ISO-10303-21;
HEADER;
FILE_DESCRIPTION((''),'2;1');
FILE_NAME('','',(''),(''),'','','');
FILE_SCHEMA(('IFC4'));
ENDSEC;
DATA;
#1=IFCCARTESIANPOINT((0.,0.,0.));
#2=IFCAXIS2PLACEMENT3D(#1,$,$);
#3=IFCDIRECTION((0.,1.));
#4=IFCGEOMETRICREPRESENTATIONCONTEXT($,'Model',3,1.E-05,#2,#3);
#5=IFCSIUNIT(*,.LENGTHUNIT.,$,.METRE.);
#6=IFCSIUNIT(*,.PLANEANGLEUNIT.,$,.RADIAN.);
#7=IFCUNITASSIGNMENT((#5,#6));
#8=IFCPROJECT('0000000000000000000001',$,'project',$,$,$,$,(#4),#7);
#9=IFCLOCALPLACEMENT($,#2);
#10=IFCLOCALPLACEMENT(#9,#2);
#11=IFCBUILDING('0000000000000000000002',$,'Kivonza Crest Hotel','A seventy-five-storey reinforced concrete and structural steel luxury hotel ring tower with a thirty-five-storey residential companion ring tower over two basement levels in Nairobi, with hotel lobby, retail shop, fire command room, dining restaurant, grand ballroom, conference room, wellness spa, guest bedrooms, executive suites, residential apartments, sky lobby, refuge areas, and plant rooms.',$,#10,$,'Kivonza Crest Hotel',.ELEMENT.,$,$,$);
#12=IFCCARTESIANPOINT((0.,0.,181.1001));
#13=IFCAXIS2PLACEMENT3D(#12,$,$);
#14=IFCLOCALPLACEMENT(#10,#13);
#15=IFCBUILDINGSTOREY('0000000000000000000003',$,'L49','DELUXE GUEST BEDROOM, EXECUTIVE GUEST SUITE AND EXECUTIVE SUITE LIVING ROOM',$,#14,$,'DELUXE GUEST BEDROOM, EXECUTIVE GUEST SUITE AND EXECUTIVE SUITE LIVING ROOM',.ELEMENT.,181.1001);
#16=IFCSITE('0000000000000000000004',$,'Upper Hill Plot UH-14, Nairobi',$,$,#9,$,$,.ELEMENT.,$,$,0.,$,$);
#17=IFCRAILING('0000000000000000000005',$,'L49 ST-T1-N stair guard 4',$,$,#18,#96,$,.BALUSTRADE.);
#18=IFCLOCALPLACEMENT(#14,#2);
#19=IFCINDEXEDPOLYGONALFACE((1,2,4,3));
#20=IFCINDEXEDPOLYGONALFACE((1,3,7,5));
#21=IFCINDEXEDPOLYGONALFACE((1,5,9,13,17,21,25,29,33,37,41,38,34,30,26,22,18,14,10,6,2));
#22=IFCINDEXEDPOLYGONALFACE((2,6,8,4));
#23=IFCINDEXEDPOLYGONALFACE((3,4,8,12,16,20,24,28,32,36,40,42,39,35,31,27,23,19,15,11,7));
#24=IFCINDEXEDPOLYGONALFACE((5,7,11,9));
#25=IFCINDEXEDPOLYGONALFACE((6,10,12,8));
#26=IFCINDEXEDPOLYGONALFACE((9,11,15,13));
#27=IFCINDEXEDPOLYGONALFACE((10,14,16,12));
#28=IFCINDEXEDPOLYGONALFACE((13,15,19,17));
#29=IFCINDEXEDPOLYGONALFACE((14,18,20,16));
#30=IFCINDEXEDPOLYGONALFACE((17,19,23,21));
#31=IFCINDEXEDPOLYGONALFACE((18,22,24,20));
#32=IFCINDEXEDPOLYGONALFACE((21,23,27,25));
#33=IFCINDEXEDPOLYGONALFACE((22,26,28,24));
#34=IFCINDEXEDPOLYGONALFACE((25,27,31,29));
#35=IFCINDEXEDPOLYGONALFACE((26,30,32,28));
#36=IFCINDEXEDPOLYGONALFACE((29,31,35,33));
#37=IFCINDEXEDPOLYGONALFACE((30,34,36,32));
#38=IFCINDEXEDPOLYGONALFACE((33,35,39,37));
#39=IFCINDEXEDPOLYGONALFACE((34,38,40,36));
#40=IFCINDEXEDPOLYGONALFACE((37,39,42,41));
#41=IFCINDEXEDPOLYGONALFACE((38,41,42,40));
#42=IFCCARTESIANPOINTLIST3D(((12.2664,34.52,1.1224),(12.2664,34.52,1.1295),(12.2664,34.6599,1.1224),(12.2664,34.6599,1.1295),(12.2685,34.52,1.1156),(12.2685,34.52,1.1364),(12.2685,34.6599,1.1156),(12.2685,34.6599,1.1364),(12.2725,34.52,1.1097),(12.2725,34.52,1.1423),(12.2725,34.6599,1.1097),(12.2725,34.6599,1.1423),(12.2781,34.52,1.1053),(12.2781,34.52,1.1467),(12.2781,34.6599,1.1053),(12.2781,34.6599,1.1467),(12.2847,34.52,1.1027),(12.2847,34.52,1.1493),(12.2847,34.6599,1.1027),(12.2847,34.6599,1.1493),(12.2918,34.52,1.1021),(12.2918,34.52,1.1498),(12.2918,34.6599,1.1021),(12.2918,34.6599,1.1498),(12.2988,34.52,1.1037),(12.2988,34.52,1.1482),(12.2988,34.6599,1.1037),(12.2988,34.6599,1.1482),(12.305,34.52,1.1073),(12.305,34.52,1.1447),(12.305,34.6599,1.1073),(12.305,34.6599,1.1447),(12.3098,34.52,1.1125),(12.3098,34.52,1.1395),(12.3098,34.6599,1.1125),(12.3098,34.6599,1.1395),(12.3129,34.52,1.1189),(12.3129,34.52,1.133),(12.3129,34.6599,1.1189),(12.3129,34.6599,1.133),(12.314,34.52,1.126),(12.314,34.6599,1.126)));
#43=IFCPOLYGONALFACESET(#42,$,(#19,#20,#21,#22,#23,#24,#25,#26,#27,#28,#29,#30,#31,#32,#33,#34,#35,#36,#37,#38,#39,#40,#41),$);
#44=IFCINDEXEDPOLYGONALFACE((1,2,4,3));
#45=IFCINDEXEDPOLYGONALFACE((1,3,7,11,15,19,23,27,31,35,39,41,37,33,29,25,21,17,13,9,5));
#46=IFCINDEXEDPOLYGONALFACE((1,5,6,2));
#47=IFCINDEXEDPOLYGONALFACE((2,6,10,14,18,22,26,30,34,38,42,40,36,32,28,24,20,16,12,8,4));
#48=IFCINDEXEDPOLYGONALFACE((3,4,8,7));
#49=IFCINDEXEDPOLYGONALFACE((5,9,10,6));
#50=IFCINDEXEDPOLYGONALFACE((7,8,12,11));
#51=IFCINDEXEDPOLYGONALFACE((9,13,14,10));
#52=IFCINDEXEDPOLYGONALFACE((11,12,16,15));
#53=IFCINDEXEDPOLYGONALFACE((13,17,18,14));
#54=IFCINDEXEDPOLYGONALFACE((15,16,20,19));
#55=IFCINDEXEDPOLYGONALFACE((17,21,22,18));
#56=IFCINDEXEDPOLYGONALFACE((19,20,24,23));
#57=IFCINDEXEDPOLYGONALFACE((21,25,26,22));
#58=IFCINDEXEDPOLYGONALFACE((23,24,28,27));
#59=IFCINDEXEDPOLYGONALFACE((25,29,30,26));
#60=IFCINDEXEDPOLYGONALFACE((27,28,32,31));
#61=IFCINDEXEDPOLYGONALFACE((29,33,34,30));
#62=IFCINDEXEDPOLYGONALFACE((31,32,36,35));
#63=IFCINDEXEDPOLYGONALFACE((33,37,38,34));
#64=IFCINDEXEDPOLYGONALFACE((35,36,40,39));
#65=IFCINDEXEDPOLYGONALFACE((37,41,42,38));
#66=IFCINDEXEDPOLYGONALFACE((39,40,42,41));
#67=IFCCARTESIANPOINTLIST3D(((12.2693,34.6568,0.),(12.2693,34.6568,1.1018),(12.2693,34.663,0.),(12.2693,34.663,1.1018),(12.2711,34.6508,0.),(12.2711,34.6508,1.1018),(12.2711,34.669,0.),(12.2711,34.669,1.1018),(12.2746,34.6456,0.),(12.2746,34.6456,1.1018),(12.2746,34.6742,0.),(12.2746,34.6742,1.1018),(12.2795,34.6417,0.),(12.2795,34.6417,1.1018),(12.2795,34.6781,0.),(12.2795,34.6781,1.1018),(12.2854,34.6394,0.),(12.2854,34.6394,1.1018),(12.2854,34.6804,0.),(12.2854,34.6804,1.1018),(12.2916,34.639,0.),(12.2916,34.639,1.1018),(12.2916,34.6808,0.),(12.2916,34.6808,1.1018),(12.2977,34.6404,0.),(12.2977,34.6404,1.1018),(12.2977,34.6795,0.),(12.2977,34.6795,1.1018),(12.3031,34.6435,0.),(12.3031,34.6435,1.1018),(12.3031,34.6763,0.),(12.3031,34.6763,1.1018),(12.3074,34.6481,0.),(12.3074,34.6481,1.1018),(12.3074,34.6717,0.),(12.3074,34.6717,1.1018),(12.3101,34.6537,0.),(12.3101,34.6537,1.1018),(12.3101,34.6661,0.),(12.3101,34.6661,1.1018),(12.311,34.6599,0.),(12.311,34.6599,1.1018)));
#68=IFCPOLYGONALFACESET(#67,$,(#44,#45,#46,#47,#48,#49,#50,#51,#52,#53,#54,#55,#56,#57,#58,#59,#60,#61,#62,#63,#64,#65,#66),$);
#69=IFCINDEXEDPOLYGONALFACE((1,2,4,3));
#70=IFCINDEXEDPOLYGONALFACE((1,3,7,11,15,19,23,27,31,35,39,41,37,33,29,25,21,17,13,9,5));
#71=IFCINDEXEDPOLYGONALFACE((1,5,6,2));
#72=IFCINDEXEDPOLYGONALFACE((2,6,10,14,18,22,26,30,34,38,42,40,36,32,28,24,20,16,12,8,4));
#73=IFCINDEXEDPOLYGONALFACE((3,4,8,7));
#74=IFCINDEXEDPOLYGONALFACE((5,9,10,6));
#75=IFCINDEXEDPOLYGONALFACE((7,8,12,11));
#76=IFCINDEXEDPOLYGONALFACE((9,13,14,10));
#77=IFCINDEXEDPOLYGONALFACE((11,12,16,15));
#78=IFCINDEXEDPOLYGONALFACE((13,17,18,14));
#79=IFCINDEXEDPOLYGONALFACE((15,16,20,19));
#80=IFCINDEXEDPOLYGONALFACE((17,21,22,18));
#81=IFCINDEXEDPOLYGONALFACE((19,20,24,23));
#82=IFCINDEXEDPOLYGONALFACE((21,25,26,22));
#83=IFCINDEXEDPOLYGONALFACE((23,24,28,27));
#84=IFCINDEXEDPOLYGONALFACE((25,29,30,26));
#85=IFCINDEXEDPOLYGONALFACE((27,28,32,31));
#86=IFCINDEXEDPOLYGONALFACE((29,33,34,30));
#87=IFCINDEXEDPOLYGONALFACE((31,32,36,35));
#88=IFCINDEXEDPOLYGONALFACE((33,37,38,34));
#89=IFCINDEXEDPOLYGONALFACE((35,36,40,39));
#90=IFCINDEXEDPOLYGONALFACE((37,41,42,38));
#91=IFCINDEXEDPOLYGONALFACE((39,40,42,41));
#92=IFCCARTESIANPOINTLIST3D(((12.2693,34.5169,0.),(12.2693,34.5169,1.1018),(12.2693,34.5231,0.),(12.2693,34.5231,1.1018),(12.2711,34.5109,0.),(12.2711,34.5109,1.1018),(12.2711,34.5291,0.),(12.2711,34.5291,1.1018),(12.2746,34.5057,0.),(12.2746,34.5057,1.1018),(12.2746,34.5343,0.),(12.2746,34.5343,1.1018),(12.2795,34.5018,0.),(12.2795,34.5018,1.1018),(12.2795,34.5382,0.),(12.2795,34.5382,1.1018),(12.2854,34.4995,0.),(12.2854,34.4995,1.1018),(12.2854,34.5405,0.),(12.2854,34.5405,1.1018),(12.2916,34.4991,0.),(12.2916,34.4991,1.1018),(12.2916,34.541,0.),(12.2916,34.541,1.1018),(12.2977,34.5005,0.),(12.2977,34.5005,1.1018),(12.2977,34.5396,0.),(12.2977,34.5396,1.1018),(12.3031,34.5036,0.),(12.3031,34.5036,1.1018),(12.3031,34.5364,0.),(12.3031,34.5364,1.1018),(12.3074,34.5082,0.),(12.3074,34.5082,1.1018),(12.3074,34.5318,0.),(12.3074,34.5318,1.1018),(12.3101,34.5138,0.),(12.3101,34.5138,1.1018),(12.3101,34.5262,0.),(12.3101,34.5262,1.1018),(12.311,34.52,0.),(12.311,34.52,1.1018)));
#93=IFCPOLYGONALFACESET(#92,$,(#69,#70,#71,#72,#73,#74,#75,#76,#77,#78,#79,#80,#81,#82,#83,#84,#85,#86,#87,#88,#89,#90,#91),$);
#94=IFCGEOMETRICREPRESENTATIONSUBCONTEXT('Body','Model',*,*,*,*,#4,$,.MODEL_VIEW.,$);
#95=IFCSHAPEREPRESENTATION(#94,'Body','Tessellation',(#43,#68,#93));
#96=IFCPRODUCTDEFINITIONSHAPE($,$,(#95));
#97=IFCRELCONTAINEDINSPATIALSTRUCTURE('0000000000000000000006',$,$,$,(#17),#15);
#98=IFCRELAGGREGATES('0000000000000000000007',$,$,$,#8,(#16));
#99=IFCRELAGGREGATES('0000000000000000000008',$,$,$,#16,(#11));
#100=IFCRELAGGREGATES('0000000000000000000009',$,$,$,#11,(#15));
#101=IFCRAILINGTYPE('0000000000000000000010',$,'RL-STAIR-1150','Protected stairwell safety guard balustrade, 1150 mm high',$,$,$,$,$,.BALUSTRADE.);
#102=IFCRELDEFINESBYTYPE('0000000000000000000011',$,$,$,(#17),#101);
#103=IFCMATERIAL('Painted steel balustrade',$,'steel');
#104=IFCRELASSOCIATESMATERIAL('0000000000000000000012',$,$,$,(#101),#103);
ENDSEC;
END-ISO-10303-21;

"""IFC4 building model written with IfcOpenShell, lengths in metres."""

from ifc_helpers import new_model, si_unit, direction, frame, origin, origin_2d, place, context, subcontext, project, spatial, circle, extrude, material, type_object, element, save


model = new_model("IFC4")

# Units and contexts
model_context = context("Model", 3, precision=1e-05, world=origin(), true_north=direction((0.0, 1.0)))
body_context = subcontext(model_context, "Body", "Model", "MODEL_VIEW")
ifc_project = project(units=[si_unit("LENGTHUNIT", "METRE"), si_unit("PLANEANGLEUNIT", "RADIAN")], contexts=[model_context])

# Site, building, storey
site_placement = place(None, origin())
site = spatial("IfcSite", under=ifc_project, at=site_placement, Name="Upper Hill Plot UH-14, Nairobi", CompositionType="ELEMENT", RefElevation=0.0)
building_placement = place(site_placement, origin())
building = spatial("IfcBuilding", under=site, at=building_placement, Name="Kivonza Crest Hotel", Description="A seventy-five-storey reinforced concrete and structural steel luxury hotel ring tower with a thirty-five-storey residential companion ring tower over two basement levels in Nairobi, with hotel lobby, retail shop, fire command room, dining restaurant, grand ballroom, conference room, wellness spa, guest bedrooms, executive suites, residential apartments, sky lobby, refuge areas, and plant rooms.", LongName="Kivonza Crest Hotel", CompositionType="ELEMENT")
storey_placement = place(building_placement, frame((0.0, 0.0, 181.1001)))
storey = spatial("IfcBuildingStorey", under=building, at=storey_placement, Name="L49", Description="DELUXE GUEST BEDROOM, EXECUTIVE GUEST SUITE AND EXECUTIVE SUITE LIVING ROOM", LongName="DELUXE GUEST BEDROOM, EXECUTIVE GUEST SUITE AND EXECUTIVE SUITE LIVING ROOM", CompositionType="ELEMENT", Elevation=181.1001)

# Railing
ifc_material_1 = material(Name="Painted steel balustrade", Category="steel")
railing_type_1 = type_object("IfcRailingType", Name="RL-STAIR-1150", Description="Protected stairwell safety guard balustrade, 1150 mm high", PredefinedType="BALUSTRADE", material=ifc_material_1)
railing_1_placement = place(storey_placement, frame((12.29, 34.6599, 0.0)))
element("IfcRailing", 1, at=railing_1_placement, inside=storey, type_object=railing_type_1, Name="L49 ST-T1-N stair guard 4", PredefinedType="BALUSTRADE", context=body_context, shape_type="SweptSolid", body=[
    extrude(circle(Radius=0.0239, at=origin_2d()), frame((0.0, 0.0, 1.126), z_axis=(0.0, -1.0, 0.0), x_axis=(1.0, 0.0, 0.0)), (0.0, 0.0, 1.0), 0.1399),
    extrude(circle(Radius=0.021, at=origin_2d()), origin(), (0.0, 0.0, 1.0), 1.1018),
    extrude(circle(Radius=0.021, at=origin_2d()), frame((0.0, -0.1399, 0.0)), (0.0, 0.0, 1.0), 1.1018),
])

save(model, "model.ifc")
